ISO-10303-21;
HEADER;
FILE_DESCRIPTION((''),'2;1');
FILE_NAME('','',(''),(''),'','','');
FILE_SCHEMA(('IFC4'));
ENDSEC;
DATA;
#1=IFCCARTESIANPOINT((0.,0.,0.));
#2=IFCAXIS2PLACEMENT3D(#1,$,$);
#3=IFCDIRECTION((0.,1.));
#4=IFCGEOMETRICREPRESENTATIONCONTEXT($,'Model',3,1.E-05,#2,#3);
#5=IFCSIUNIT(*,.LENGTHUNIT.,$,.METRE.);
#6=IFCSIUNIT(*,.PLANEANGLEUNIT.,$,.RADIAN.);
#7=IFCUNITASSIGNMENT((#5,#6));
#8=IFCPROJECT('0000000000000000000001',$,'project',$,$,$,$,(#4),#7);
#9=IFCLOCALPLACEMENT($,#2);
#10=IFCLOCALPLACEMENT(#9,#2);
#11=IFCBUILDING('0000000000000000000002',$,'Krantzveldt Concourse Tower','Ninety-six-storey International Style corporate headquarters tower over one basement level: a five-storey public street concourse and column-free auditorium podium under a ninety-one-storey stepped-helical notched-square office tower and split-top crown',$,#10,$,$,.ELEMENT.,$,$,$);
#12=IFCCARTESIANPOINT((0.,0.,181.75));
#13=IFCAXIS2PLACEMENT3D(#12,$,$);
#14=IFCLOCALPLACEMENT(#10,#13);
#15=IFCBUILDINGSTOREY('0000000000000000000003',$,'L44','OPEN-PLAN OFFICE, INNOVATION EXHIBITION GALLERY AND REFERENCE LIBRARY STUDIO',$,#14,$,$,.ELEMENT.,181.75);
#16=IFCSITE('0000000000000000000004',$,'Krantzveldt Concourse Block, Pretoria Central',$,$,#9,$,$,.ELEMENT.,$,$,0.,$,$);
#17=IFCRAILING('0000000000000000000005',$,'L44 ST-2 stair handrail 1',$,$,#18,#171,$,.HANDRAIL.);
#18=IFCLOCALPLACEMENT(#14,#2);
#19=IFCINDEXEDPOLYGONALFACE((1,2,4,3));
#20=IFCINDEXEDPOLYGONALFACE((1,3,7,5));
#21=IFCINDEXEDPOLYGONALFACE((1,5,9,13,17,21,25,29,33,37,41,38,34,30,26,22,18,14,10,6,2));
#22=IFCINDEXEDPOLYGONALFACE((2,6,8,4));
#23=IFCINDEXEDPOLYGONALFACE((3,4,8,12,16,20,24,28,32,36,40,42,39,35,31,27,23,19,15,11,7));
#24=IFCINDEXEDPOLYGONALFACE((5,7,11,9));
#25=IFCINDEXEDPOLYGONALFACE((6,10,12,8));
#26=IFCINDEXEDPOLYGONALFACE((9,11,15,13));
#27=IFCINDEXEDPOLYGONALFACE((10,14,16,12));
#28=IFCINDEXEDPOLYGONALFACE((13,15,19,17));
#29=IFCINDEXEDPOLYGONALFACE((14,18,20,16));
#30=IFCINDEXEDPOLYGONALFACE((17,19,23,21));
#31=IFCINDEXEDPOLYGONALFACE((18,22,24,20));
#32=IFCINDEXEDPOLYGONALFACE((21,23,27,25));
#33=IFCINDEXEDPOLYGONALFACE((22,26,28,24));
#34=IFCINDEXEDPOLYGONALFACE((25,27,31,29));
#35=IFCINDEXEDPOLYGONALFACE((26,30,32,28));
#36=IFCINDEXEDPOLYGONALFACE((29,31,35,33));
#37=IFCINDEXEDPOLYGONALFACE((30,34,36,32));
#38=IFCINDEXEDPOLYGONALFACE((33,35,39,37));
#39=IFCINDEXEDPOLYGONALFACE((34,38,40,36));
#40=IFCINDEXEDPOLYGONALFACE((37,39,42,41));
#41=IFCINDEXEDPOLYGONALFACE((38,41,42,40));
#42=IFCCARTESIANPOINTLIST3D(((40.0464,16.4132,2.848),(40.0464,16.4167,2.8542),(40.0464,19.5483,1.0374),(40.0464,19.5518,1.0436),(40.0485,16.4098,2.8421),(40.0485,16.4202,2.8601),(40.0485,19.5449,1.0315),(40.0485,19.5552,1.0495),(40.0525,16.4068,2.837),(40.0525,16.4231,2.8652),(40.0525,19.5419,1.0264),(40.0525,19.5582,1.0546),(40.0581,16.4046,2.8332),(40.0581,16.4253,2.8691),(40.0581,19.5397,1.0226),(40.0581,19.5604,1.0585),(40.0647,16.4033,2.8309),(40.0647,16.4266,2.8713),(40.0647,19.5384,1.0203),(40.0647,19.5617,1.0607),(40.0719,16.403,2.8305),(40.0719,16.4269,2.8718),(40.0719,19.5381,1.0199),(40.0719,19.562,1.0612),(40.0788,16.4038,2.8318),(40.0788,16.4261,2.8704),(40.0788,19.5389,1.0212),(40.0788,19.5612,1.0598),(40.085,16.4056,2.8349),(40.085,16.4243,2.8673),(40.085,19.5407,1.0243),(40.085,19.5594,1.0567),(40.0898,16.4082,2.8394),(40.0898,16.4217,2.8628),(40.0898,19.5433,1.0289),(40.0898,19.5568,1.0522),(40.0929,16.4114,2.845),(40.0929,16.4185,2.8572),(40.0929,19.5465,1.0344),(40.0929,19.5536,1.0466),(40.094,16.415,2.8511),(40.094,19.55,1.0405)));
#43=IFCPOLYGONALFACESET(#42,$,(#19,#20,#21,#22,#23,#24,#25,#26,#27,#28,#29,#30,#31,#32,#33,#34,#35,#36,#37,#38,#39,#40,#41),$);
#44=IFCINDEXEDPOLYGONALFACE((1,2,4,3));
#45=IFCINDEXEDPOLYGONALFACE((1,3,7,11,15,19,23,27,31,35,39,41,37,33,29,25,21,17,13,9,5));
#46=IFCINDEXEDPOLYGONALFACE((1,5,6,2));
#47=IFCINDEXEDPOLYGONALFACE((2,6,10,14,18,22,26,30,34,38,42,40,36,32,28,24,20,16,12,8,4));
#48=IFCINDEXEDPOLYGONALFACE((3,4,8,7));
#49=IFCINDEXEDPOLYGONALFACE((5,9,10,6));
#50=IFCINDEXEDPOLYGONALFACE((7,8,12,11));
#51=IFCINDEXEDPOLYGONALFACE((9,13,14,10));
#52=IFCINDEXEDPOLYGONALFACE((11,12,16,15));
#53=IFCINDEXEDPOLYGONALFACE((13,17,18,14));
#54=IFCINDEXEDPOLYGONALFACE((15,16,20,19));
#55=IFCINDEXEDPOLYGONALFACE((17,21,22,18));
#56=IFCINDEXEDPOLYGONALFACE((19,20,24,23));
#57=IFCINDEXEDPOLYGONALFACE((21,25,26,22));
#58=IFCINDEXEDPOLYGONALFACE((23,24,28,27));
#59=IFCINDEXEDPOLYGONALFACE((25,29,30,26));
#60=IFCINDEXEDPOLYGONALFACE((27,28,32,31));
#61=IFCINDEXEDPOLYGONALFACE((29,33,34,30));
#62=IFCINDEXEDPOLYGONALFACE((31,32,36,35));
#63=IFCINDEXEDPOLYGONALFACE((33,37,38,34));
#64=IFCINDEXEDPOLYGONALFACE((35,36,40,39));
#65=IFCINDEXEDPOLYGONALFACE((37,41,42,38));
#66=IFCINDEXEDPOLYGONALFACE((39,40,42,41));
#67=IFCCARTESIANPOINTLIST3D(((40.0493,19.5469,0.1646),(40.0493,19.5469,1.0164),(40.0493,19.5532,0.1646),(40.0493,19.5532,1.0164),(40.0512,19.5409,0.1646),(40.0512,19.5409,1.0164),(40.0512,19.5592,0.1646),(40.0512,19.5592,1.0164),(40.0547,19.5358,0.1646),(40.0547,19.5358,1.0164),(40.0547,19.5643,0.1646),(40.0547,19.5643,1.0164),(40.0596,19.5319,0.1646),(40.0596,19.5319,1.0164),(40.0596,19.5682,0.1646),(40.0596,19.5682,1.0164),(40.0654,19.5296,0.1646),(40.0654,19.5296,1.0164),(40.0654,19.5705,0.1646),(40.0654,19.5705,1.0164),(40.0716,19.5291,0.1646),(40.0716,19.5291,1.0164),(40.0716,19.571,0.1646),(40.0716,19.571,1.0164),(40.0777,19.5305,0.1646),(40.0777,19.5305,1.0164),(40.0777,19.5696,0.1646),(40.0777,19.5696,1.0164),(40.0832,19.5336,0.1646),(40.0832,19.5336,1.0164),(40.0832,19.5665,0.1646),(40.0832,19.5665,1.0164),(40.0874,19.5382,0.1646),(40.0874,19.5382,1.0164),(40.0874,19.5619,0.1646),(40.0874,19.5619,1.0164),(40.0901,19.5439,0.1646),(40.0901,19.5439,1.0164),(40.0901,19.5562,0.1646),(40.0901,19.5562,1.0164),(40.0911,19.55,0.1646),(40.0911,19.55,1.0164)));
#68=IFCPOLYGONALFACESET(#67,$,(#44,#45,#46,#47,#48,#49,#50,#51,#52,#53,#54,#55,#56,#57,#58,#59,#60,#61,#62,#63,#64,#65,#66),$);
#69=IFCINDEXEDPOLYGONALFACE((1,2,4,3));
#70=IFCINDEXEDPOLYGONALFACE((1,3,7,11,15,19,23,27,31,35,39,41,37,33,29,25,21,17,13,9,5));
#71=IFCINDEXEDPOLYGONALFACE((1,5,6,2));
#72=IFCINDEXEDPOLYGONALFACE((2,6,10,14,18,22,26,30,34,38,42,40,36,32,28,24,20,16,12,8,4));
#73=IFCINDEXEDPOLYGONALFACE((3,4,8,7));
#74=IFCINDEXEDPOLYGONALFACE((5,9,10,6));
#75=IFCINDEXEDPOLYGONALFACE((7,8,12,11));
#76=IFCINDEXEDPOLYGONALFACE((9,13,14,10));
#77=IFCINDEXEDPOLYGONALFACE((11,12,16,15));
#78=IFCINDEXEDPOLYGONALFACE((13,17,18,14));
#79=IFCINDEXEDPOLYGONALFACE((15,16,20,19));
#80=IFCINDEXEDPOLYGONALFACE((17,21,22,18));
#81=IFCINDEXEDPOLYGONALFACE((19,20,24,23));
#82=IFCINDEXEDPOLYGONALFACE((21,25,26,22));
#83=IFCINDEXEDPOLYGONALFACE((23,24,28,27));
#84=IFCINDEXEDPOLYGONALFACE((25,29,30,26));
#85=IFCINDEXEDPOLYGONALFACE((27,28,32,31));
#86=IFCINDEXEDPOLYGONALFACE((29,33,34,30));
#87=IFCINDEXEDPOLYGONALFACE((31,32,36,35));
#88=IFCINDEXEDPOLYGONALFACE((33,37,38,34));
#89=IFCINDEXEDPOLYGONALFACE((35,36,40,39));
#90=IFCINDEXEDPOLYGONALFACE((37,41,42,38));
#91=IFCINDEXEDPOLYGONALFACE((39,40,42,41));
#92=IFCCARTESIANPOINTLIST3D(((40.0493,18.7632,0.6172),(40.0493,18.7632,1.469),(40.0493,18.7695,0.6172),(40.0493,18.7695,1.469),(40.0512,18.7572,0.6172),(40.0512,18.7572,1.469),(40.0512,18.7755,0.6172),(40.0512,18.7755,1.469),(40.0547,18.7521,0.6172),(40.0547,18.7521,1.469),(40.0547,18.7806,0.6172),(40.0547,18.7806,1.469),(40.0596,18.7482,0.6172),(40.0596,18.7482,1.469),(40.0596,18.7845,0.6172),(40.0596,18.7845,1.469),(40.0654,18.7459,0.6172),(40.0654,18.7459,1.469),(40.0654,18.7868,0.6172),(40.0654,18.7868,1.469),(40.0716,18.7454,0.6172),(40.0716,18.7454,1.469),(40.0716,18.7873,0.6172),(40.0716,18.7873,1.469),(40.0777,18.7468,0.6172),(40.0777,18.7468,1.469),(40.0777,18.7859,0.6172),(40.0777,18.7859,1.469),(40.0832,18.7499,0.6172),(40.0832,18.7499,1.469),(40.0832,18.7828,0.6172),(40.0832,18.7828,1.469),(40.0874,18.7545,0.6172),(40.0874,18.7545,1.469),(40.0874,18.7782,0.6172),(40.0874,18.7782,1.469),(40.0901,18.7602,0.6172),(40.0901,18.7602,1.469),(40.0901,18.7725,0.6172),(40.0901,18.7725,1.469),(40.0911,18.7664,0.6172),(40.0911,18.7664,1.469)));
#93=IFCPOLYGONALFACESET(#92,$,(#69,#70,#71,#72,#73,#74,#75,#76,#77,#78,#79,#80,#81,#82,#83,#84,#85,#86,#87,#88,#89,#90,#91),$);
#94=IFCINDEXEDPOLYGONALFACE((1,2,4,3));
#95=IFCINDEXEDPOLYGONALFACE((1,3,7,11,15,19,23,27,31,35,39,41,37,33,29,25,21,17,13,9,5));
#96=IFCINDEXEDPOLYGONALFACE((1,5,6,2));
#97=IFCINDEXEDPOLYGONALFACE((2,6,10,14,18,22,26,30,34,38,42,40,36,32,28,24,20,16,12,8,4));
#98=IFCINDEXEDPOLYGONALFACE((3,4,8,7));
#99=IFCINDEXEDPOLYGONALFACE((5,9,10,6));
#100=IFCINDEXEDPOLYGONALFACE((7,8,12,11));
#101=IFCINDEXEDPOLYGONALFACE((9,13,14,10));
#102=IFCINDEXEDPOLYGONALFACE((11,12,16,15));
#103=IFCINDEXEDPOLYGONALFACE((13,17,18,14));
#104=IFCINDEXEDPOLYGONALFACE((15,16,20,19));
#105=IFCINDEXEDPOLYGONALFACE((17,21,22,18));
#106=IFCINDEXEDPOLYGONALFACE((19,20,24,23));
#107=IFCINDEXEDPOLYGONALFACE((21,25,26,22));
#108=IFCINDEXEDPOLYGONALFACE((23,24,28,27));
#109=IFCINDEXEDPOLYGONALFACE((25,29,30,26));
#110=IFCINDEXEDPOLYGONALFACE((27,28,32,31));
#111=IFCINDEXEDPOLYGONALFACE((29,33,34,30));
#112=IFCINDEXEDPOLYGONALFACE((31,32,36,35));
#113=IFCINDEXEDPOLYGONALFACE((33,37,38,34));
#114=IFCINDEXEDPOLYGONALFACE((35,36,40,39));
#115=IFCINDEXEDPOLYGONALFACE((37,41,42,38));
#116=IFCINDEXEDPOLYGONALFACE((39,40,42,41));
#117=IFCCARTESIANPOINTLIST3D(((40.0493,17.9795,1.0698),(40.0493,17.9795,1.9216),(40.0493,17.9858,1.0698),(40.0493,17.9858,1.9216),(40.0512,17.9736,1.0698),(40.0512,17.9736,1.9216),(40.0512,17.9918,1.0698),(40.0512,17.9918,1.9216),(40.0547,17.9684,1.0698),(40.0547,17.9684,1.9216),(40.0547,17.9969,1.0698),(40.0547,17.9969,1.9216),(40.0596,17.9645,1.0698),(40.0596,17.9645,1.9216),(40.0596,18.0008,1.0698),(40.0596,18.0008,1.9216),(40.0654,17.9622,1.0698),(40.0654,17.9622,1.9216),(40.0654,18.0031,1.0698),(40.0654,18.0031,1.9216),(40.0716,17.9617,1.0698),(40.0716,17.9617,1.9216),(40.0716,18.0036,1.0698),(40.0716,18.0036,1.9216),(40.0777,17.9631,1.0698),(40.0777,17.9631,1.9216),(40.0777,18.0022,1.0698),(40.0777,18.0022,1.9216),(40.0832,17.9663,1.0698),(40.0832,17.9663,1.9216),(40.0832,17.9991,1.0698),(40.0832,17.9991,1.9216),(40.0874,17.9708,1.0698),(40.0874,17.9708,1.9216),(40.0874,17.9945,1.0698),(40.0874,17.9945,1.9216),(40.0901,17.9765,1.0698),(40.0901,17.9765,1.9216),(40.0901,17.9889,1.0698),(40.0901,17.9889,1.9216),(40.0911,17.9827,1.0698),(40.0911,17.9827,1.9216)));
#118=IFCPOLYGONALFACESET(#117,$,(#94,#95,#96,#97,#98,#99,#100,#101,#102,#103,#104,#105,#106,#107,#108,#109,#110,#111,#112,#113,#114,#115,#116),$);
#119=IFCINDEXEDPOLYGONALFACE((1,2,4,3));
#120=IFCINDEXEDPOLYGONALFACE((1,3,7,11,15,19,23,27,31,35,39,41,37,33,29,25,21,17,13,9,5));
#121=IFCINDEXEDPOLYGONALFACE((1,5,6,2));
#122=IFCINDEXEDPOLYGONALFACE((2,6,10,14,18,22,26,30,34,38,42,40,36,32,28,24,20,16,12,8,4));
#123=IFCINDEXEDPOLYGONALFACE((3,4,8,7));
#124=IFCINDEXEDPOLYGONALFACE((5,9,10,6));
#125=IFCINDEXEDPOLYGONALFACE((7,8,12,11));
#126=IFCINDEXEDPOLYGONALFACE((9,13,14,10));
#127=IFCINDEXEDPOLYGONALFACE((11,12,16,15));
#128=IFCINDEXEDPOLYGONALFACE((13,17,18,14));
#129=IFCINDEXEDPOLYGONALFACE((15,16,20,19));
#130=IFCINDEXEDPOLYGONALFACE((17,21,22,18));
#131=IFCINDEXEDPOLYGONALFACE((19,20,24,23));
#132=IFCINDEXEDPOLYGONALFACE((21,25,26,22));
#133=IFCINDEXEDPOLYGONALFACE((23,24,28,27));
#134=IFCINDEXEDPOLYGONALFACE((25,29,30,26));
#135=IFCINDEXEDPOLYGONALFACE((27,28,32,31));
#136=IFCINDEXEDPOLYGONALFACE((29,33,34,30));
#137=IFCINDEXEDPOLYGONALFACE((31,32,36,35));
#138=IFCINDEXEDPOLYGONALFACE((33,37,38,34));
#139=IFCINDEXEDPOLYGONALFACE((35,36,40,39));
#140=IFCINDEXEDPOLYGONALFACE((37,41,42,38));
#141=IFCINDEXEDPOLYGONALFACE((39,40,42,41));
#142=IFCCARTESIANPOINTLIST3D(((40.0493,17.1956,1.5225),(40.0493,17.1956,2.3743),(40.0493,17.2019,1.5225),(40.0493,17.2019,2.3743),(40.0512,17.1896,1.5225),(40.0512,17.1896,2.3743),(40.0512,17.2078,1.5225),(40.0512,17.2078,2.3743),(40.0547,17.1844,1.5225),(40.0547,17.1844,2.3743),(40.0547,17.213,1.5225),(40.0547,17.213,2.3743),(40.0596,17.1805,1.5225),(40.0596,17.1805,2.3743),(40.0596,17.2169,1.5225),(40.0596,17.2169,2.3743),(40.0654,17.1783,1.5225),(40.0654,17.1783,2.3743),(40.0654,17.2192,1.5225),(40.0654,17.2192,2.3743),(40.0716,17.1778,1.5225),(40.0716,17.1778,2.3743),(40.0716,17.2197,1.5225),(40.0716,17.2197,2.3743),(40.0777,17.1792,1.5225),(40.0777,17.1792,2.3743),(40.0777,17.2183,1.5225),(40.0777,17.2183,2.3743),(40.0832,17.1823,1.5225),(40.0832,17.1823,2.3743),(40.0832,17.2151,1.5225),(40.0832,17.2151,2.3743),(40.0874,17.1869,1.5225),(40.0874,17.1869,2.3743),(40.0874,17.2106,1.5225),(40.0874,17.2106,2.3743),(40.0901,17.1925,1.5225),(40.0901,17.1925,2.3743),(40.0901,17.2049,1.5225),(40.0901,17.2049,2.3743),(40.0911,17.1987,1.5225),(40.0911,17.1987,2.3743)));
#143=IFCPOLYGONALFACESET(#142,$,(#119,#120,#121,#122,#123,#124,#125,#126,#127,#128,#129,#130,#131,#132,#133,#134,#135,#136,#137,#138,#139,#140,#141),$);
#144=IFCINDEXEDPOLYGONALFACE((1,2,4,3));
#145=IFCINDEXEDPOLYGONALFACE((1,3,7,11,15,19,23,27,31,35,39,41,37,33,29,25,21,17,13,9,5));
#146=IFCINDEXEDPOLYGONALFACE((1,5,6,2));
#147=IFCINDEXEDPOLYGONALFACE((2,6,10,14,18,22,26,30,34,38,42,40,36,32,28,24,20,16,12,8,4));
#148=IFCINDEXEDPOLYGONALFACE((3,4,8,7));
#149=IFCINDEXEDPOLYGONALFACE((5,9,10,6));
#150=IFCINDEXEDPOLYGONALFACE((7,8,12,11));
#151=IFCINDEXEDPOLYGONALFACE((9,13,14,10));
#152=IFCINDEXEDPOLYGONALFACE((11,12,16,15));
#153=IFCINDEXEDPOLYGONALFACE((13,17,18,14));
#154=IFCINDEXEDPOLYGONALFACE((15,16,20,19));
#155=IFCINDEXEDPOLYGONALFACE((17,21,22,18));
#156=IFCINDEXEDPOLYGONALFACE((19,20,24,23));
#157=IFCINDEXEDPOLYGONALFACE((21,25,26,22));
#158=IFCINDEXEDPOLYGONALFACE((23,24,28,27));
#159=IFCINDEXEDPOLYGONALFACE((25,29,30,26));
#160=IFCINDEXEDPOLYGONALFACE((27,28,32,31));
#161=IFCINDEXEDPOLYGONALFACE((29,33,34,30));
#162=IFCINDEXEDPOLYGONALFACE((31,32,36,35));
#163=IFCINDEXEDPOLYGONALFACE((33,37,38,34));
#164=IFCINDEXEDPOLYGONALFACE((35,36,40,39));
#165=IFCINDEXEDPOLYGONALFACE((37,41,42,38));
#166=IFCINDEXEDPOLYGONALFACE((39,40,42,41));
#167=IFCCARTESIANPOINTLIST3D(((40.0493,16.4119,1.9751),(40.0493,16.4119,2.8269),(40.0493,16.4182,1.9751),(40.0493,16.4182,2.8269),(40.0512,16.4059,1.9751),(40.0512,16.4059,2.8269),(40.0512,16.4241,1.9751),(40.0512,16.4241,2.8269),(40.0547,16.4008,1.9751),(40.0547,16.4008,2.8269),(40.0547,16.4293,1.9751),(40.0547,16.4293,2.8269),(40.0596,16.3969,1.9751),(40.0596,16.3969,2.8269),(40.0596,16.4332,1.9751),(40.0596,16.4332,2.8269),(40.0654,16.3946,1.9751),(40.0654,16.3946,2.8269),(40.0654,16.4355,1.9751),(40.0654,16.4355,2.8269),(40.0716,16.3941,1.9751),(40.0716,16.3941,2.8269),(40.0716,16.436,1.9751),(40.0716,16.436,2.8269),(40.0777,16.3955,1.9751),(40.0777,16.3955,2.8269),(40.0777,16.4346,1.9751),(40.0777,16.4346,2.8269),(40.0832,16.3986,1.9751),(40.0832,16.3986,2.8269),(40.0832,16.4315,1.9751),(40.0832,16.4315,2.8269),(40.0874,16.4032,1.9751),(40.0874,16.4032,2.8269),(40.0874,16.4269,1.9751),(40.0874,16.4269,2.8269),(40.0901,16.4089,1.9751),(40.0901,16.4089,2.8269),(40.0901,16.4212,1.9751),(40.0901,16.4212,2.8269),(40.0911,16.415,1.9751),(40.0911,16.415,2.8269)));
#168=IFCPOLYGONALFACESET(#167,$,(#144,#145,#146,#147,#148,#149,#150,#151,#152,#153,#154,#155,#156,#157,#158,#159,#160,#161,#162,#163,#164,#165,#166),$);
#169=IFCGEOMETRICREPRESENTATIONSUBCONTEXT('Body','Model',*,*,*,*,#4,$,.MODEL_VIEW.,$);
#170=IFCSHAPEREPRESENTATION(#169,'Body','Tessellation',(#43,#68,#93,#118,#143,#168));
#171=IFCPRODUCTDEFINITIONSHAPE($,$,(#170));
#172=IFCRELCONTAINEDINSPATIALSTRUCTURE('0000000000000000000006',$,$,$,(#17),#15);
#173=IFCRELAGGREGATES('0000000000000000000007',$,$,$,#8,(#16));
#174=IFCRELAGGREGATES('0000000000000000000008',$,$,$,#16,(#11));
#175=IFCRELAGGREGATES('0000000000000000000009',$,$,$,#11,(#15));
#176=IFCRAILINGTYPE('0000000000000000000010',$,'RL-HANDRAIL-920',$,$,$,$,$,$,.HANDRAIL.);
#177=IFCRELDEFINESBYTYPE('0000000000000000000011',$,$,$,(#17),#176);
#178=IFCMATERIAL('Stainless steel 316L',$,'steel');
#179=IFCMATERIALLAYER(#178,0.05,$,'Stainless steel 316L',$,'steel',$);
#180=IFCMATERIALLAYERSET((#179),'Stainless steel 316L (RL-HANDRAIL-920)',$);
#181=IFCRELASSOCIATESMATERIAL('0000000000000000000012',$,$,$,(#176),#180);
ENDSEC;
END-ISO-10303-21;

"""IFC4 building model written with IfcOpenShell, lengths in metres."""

from ifc_helpers import new_model, si_unit, direction, frame, origin, origin_2d, place, context, subcontext, project, spatial, circle, extrude, material, layer, layer_set, type_object, element, save


model = new_model("IFC4")

# Units and contexts
model_context = context("Model", 3, precision=1e-05, world=origin(), true_north=direction((0.0, 1.0)))
body_context = subcontext(model_context, "Body", "Model", "MODEL_VIEW")
ifc_project = project(units=[si_unit("LENGTHUNIT", "METRE"), si_unit("PLANEANGLEUNIT", "RADIAN")], contexts=[model_context])

# Site, building, storey
site_placement = place(None, origin())
site = spatial("IfcSite", under=ifc_project, at=site_placement, Name="Krantzveldt Concourse Block, Pretoria Central", CompositionType="ELEMENT", RefElevation=0.0)
building_placement = place(site_placement, origin())
building = spatial("IfcBuilding", under=site, at=building_placement, Name="Krantzveldt Concourse Tower", Description="Ninety-six-storey International Style corporate headquarters tower over one basement level: a five-storey public street concourse and column-free auditorium podium under a ninety-one-storey stepped-helical notched-square office tower and split-top crown", CompositionType="ELEMENT")
storey_placement = place(building_placement, frame((0.0, 0.0, 181.75)))
storey = spatial("IfcBuildingStorey", under=building, at=storey_placement, Name="L44", Description="OPEN-PLAN OFFICE, INNOVATION EXHIBITION GALLERY AND REFERENCE LIBRARY STUDIO", CompositionType="ELEMENT", Elevation=181.75)

# Shared definitions
ifc_material_1 = material(Name="Stainless steel 316L", Category="steel")

# Railing
ifc_layer_1 = layer(ifc_material_1, 0.05, Name="Stainless steel 316L", Category="steel")
ifc_layer_set_1 = layer_set([ifc_layer_1], Name="Stainless steel 316L (RL-HANDRAIL-920)")
railing_type_1 = type_object("IfcRailingType", Name="RL-HANDRAIL-920", PredefinedType="HANDRAIL", material=ifc_layer_set_1)
railing_1_placement = place(storey_placement, frame((40.0701, 19.55, 0.1646)))
element("IfcRailing", 1, at=railing_1_placement, inside=storey, type_object=railing_type_1, Name="L44 ST-2 stair handrail 1", PredefinedType="HANDRAIL", context=body_context, shape_type="SweptSolid", body=[
    extrude(circle(Radius=0.0239, at=origin_2d()), frame((0.0, 0.0, 0.876), z_axis=(0.0, -0.86596, 0.500114), x_axis=(1.0, 0.0, 0.0)), (0.0, 0.0, 1.0), 3.6204),
    extrude(circle(Radius=0.021, at=origin_2d()), origin(), (0.0, 0.0, 1.0), 0.8518),
    extrude(circle(Radius=0.021, at=origin_2d()), frame((0.0, -0.7837, 0.4526)), (0.0, 0.0, 1.0), 0.8518),
    extrude(circle(Radius=0.021, at=origin_2d()), frame((0.0, -1.5674, 0.9053)), (0.0, 0.0, 1.0), 0.8518),
    extrude(circle(Radius=0.021, at=origin_2d()), frame((0.0, -2.3513, 1.3579)), (0.0, 0.0, 1.0), 0.8518),
    extrude(circle(Radius=0.021, at=origin_2d()), frame((0.0, -3.135, 1.8105)), (0.0, 0.0, 1.0), 0.8518),
])

save(model, "model.ifc")
